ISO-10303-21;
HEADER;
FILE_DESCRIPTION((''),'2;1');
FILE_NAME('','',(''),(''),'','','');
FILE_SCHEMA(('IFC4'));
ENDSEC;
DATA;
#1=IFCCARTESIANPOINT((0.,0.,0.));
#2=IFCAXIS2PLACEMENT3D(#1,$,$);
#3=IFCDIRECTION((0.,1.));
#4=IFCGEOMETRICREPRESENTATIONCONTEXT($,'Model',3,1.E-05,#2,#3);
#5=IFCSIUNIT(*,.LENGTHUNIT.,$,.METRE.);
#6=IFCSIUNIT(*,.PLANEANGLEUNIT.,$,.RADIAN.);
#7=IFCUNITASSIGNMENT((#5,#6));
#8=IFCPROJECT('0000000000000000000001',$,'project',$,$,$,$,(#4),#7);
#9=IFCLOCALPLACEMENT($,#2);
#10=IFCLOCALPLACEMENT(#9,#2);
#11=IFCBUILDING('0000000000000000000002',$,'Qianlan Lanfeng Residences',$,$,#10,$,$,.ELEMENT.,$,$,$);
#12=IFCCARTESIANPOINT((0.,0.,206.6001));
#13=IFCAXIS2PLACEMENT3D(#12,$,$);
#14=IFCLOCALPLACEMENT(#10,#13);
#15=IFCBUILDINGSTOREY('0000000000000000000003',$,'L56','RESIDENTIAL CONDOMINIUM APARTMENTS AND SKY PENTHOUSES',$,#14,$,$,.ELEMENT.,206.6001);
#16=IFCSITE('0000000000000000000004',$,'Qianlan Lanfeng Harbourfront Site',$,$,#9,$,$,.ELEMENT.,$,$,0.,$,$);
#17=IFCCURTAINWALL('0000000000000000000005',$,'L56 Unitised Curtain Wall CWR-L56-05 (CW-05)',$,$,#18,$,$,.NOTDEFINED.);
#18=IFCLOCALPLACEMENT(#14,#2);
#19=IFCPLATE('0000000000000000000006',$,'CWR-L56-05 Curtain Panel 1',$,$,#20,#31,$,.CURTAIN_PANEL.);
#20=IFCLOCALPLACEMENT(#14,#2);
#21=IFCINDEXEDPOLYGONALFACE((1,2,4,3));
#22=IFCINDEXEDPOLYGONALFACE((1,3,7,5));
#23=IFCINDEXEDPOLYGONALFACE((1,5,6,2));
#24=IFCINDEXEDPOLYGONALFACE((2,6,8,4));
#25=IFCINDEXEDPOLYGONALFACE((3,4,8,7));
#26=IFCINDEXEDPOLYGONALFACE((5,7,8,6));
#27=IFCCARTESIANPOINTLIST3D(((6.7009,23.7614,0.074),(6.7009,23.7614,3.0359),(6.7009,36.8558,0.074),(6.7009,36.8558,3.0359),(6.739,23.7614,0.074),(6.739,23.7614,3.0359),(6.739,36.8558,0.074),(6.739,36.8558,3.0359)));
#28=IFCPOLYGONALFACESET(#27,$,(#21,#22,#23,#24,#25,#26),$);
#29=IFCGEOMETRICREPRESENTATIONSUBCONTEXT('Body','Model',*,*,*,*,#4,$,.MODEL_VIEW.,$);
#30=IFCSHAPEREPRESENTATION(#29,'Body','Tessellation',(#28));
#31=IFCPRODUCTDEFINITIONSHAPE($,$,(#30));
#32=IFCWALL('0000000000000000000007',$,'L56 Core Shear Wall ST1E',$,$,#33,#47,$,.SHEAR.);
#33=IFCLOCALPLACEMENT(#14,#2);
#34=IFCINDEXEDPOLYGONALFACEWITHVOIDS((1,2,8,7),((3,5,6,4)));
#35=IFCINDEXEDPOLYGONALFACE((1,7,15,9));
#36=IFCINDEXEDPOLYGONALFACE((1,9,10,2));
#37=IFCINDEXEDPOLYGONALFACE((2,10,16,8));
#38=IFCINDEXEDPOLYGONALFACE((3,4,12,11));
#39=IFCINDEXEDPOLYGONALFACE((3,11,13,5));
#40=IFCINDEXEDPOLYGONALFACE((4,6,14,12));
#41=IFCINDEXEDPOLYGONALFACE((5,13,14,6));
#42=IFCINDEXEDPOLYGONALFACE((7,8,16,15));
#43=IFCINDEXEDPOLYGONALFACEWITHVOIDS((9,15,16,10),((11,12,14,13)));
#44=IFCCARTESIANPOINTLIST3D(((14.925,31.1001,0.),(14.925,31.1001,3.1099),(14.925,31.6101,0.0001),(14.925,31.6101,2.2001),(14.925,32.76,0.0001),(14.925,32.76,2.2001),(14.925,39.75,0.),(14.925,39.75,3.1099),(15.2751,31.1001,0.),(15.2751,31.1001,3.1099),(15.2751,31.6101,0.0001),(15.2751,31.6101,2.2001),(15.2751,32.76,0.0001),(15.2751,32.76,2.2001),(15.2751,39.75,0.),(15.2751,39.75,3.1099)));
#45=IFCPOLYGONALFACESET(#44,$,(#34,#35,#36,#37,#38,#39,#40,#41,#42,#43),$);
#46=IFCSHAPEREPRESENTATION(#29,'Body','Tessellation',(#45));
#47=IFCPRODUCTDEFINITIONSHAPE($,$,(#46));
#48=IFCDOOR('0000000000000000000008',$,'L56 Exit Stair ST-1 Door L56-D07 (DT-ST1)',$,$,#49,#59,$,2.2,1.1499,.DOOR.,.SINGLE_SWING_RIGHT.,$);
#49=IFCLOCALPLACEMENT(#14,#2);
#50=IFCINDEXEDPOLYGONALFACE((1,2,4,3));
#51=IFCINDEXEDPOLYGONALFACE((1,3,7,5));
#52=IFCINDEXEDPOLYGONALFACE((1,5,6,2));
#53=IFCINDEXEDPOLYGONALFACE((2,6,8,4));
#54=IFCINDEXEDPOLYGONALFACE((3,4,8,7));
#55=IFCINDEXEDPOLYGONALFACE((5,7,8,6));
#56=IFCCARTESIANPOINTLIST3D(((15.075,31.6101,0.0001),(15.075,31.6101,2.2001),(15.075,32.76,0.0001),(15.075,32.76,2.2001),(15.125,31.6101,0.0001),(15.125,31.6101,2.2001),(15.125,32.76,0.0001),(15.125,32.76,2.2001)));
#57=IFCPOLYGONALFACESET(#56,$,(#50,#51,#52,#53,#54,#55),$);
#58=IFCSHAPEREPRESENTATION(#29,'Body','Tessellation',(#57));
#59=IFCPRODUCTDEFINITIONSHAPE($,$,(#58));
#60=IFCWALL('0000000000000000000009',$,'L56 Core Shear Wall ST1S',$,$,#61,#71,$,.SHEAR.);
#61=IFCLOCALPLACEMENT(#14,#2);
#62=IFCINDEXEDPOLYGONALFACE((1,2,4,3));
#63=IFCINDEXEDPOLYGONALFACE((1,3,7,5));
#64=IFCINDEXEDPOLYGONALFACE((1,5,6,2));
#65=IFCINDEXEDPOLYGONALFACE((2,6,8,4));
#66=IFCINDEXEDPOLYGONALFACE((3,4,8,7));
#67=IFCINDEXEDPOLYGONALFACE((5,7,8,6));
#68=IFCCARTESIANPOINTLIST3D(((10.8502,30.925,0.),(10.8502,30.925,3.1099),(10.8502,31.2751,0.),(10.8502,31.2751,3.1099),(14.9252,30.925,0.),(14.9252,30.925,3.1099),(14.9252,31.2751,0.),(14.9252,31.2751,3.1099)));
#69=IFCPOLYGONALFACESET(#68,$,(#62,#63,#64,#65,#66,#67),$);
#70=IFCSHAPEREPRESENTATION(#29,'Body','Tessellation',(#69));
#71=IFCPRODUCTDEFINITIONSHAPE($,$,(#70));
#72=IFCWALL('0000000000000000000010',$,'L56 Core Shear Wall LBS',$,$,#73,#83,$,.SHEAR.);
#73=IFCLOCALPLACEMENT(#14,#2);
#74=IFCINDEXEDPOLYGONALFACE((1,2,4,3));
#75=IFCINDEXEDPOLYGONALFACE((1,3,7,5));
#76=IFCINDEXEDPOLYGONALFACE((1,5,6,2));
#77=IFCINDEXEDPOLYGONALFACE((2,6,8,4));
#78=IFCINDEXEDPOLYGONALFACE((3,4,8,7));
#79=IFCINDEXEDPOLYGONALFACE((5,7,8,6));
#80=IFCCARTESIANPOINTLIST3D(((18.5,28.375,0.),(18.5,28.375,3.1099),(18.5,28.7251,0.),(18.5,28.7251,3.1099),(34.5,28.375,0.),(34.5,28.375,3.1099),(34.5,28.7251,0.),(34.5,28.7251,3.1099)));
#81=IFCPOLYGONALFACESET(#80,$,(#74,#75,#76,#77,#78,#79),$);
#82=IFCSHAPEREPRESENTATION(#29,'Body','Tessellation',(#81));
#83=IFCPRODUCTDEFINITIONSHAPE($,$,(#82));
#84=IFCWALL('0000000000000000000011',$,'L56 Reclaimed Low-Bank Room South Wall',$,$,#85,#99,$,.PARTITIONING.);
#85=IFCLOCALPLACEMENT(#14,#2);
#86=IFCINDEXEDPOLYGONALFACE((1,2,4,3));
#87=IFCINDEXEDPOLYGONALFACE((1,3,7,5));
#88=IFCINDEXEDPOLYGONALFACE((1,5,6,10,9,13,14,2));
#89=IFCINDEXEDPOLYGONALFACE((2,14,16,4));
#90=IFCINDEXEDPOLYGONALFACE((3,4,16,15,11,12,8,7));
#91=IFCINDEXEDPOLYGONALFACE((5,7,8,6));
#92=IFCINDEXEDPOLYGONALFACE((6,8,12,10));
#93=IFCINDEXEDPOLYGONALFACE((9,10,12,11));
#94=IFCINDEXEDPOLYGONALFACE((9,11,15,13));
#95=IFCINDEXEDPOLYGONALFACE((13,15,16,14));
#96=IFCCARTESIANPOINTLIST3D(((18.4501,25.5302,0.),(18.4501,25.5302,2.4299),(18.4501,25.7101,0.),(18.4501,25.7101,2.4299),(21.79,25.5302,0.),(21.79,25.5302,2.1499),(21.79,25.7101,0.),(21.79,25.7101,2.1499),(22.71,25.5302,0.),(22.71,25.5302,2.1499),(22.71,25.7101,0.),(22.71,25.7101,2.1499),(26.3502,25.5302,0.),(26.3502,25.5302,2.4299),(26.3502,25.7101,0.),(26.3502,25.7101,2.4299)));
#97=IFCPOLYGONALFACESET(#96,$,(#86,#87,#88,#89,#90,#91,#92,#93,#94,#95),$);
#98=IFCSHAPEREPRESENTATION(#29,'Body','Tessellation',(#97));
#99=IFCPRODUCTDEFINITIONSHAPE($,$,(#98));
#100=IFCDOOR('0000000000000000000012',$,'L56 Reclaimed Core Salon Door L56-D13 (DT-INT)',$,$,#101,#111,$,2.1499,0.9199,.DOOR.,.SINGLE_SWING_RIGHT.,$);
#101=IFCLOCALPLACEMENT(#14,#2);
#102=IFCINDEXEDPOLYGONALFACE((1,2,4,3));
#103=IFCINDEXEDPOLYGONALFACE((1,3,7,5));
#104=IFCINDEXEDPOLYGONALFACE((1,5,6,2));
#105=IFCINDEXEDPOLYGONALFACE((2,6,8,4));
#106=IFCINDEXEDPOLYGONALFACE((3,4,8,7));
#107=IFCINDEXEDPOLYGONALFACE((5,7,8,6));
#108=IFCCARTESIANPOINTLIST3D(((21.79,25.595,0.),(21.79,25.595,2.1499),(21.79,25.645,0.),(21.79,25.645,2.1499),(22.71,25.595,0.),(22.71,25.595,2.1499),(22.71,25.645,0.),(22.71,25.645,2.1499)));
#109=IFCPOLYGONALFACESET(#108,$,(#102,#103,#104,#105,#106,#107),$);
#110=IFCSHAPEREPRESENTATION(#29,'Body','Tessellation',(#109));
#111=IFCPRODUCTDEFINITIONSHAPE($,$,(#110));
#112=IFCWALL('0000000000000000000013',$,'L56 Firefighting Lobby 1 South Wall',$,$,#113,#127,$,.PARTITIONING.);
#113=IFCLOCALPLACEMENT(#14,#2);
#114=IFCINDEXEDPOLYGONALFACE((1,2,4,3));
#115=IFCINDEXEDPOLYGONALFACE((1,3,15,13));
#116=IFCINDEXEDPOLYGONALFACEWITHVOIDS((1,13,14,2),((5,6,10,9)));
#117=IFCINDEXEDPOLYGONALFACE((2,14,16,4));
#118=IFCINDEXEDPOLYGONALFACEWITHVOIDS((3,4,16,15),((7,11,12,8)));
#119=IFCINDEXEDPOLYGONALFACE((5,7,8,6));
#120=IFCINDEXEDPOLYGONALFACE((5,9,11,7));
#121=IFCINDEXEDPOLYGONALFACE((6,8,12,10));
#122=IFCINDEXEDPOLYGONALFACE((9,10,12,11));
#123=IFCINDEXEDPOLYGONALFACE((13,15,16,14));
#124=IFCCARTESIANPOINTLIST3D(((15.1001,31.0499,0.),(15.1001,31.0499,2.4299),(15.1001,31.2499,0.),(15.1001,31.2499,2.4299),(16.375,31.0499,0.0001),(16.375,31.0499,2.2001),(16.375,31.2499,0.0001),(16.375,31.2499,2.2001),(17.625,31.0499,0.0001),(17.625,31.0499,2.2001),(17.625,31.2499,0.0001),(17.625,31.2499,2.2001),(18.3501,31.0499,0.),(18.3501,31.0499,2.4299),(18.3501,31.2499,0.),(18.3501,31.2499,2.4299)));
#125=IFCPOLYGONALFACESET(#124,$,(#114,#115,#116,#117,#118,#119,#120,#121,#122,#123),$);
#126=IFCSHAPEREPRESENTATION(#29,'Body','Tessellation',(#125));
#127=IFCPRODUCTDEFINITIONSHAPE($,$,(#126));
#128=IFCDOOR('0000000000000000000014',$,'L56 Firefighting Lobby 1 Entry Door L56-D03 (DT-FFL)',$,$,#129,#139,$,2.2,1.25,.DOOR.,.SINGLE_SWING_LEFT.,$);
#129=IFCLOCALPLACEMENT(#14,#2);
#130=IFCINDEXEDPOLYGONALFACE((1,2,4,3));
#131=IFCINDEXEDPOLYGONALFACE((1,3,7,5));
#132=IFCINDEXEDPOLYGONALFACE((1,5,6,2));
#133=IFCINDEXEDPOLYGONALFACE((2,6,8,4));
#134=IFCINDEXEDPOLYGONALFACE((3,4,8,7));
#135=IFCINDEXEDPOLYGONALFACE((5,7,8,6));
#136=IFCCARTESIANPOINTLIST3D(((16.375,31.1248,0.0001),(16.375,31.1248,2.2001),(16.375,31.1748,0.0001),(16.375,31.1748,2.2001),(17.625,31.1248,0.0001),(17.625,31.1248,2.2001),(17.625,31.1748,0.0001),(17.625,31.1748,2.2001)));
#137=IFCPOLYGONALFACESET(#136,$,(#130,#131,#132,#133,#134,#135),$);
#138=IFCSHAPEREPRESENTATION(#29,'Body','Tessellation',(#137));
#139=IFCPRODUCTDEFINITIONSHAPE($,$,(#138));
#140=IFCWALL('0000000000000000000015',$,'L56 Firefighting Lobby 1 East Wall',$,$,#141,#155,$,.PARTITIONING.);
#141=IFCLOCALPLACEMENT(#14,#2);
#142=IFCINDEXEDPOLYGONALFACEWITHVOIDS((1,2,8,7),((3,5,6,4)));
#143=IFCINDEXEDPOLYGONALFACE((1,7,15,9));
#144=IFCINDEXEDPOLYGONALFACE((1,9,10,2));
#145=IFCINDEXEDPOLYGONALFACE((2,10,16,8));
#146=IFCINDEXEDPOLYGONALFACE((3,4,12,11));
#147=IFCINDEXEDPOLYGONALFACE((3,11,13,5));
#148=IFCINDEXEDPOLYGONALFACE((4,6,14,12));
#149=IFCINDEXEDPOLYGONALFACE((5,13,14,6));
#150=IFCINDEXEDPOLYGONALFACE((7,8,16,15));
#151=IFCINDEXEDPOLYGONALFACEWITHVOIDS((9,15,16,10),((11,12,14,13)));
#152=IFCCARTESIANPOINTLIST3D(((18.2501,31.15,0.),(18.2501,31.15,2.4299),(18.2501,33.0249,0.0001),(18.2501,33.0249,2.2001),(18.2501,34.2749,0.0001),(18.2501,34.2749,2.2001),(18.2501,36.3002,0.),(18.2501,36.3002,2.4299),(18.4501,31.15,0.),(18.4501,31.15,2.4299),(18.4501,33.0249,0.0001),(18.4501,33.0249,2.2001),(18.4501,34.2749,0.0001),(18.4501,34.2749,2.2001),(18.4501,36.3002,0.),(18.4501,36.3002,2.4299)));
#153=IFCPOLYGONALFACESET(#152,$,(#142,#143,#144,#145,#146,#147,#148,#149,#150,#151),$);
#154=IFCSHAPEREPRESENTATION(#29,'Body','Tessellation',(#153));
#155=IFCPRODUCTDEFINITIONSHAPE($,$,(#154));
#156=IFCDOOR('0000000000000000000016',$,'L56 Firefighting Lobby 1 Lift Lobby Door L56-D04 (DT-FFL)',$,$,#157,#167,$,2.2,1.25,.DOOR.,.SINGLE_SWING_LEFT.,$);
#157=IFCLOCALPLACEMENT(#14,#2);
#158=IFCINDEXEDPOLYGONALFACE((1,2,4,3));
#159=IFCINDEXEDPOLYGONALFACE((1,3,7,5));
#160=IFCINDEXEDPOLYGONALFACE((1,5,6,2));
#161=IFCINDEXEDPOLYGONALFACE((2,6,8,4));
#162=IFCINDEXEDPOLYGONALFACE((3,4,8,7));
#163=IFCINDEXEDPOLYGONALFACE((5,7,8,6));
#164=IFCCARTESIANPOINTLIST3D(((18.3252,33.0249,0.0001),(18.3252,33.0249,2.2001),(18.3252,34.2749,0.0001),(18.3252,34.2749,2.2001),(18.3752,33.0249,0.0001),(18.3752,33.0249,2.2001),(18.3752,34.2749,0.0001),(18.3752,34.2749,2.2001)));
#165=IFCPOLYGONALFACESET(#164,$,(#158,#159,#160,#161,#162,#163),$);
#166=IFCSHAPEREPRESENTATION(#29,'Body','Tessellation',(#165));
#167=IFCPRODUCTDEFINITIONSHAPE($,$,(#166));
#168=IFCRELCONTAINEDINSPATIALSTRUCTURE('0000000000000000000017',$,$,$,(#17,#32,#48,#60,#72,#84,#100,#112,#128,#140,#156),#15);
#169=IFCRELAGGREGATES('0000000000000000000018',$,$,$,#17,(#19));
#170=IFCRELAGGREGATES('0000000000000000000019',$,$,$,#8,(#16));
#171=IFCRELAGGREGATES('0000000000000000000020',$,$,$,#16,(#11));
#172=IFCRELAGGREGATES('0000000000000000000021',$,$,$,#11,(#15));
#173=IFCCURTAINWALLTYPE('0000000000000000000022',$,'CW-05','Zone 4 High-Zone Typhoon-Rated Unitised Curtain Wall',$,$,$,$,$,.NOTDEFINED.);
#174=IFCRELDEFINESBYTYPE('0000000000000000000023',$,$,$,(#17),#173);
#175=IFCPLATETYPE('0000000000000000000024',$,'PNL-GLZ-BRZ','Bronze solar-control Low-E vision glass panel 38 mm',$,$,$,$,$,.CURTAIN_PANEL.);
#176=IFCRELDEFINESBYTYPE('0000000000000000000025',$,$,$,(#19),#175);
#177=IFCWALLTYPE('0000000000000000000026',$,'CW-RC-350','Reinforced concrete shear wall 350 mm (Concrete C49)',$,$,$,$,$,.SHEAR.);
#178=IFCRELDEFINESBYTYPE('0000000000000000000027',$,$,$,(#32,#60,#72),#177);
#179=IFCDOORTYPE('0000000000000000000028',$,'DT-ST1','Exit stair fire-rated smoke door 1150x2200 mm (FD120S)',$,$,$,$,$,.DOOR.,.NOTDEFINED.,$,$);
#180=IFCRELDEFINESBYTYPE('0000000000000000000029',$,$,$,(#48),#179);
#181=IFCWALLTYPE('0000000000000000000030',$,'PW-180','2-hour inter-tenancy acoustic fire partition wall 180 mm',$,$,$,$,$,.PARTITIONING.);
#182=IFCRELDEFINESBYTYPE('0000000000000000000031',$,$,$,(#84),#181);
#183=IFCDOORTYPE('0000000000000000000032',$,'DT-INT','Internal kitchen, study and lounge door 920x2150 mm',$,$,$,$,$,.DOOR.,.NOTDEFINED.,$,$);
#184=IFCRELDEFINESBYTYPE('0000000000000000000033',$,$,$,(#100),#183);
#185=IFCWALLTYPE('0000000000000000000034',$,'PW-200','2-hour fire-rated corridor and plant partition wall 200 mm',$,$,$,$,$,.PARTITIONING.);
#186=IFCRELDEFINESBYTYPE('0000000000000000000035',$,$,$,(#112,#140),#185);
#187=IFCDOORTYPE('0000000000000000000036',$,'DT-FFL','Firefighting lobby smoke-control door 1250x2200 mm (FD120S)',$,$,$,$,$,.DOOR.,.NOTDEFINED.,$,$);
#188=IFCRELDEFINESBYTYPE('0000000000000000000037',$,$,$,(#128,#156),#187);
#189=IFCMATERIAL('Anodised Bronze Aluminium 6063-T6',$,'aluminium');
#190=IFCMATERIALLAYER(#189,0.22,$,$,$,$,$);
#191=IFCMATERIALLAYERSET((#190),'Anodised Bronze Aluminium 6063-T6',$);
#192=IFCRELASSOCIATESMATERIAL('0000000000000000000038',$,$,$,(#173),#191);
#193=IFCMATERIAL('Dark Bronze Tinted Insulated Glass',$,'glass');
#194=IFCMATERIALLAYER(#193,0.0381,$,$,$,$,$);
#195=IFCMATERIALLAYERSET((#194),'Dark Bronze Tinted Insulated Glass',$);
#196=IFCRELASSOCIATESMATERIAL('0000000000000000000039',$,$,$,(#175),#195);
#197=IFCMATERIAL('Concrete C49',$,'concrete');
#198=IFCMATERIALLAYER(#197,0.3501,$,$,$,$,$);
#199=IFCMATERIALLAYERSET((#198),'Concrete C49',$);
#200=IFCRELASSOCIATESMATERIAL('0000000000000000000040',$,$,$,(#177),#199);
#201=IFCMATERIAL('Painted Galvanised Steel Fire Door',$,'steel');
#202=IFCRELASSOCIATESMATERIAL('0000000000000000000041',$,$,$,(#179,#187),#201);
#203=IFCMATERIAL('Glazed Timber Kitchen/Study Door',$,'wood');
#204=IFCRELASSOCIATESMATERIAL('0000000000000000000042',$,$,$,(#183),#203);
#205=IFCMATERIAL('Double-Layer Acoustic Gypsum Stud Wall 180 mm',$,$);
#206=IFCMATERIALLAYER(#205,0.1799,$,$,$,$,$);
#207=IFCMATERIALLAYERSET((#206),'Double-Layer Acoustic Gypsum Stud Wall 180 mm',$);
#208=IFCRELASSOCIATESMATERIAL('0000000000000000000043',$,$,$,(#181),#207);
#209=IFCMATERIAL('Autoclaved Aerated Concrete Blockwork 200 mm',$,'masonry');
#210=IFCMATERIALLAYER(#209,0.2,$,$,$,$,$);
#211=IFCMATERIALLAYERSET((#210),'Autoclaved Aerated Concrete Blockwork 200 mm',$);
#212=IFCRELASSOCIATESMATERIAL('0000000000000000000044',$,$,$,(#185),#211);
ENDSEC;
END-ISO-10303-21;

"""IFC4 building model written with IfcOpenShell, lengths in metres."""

from ifc_helpers import new_model, si_unit, direction, frame, frame_2d, origin, origin_2d, place, context, subcontext, project, spatial, rectangle, extrude, source, transform, mapped, material, layer, layer_set, type_object, element, fill, aggregate, save


model = new_model("IFC4")

# Units and contexts
model_context = context("Model", 3, precision=1e-05, world=origin(), true_north=direction((0.0, 1.0)))
body_context = subcontext(model_context, "Body", "Model", "MODEL_VIEW")
ifc_project = project(units=[si_unit("LENGTHUNIT", "METRE"), si_unit("PLANEANGLEUNIT", "RADIAN")], contexts=[model_context])

# Site, building, storey
site_placement = place(None, origin())
site = spatial("IfcSite", under=ifc_project, at=site_placement, Name="Qianlan Lanfeng Harbourfront Site", CompositionType="ELEMENT", RefElevation=0.0)
building_placement = place(site_placement, origin())
building = spatial("IfcBuilding", under=site, at=building_placement, Name="Qianlan Lanfeng Residences", CompositionType="ELEMENT")
storey_placement = place(building_placement, frame((0.0, 0.0, 206.6001)))
storey = spatial("IfcBuildingStorey", under=building, at=storey_placement, Name="L56", Description="RESIDENTIAL CONDOMINIUM APARTMENTS AND SKY PENTHOUSES", CompositionType="ELEMENT", Elevation=206.6001)

# Curtain wall, plate
ifc_material_1 = material(Name="Anodised Bronze Aluminium 6063-T6", Category="aluminium")
ifc_layer_1 = layer(ifc_material_1, 0.22)
ifc_layer_set_1 = layer_set([ifc_layer_1], Name="Anodised Bronze Aluminium 6063-T6")
curtain_wall_type = type_object("IfcCurtainWallType", Name="CW-05", Description="Zone 4 High-Zone Typhoon-Rated Unitised Curtain Wall", PredefinedType="NOTDEFINED", material=ifc_layer_set_1)
curtain_wall_placement = place(storey_placement, origin())
curtain_wall = element("IfcCurtainWall", 1, at=curtain_wall_placement, inside=storey, type_object=curtain_wall_type, Name="L56 Unitised Curtain Wall CWR-L56-05 (CW-05)", PredefinedType="NOTDEFINED")
ifc_material_2 = material(Name="Dark Bronze Tinted Insulated Glass", Category="glass")
ifc_layer_2 = layer(ifc_material_2, 0.0381)
ifc_layer_set_2 = layer_set([ifc_layer_2], Name="Dark Bronze Tinted Insulated Glass")
plate_type = type_object("IfcPlateType", Name="PNL-GLZ-BRZ", Description="Bronze solar-control Low-E vision glass panel 38 mm", PredefinedType="CURTAIN_PANEL", material=ifc_layer_set_2)
shared_shape_1 = source(origin(), body_context, "Body", "SweptSolid", [
    extrude(rectangle(XDim=13.0945, YDim=0.0381, at=origin_2d()), origin(), (0.0, 0.0, 1.0), 2.9619),
])
plate_placement = place(storey_placement, frame((6.72, 30.3086, 0.074), z_axis=(0.0, 0.0, 1.0), x_axis=(0.0, -1.0, 0.0)))
plate = element("IfcPlate", 2, at=plate_placement, type_object=plate_type, Name="CWR-L56-05 Curtain Panel 1", PredefinedType="CURTAIN_PANEL", context=body_context, shape_type="MappedRepresentation", body=[
    mapped(shared_shape_1, transform((0.0, 0.0, 0.0), scale=1.0)),
])
aggregate(curtain_wall, [plate])

# Wall, opening, door
ifc_material_3 = material(Name="Concrete C49", Category="concrete")
ifc_layer_3 = layer(ifc_material_3, 0.3501)
ifc_layer_set_3 = layer_set([ifc_layer_3], Name="Concrete C49")
wall_type_1 = type_object("IfcWallType", Name="CW-RC-350", Description="Reinforced concrete shear wall 350 mm (Concrete C49)", PredefinedType="SHEAR", material=ifc_layer_set_3)
wall_1_placement = place(storey_placement, frame((15.1001, 31.1001, 0.0), z_axis=(0.0, 0.0, 1.0), x_axis=(0.0, 1.0, 0.0)))
wall_1 = element("IfcWall", 3, at=wall_1_placement, inside=storey, type_object=wall_type_1, Name="L56 Core Shear Wall ST1E", PredefinedType="SHEAR", context=body_context, shape_type="SweptSolid", body=[
    extrude(rectangle(XDim=8.6499, YDim=0.3501, at=frame_2d((4.325, 0.0))), origin(), (0.0, 0.0, 1.0), 3.1099),
])
opening_1_placement = place(wall_1_placement, frame((0.51, 0.0, 0.0)))
opening_1 = element("IfcOpeningElement", 4, at=opening_1_placement, cuts=wall_1, PredefinedType="OPENING", context=body_context, shape_type="SweptSolid", body=[
    extrude(rectangle(XDim=1.1499, YDim=2.2, at=frame_2d((0.575, 1.1001))), frame((0.0, 0.1851, 0.0), z_axis=(0.0, -1.0, 0.0), x_axis=(1.0, 0.0, 0.0)), (0.0, 0.0, 1.0), 0.3701),
])
ifc_material_4 = material(Name="Painted Galvanised Steel Fire Door", Category="steel")
door_type_1 = type_object("IfcDoorType", Name="DT-ST1", Description="Exit stair fire-rated smoke door 1150x2200 mm (FD120S)", OperationType="NOTDEFINED", PredefinedType="DOOR", material=ifc_material_4)
door_1_placement = place(opening_1_placement, frame((1.1499, 0.0, 0.0), z_axis=(0.0, 0.0, 1.0), x_axis=(-1.0, 0.0, 0.0)))
door_1 = element("IfcDoor", 5, at=door_1_placement, inside=storey, type_object=door_type_1, Name="L56 Exit Stair ST-1 Door L56-D07 (DT-ST1)", OperationType="SINGLE_SWING_RIGHT", OverallHeight=2.2, OverallWidth=1.1499, PredefinedType="DOOR", context=body_context, shape_type="SweptSolid", body=[
    extrude(rectangle(XDim=1.1499, YDim=2.2, at=frame_2d((0.575, 1.1001))), frame((0.0, 0.0249, 0.0), z_axis=(0.0, -1.0, 0.0), x_axis=(1.0, 0.0, 0.0)), (0.0, 0.0, 1.0), 0.05),
])
fill(opening_1, door_1)

# Walls
wall_2_placement = place(storey_placement, frame((10.8501, 31.1001, 0.0), z_axis=(0.0, 0.0, 1.0), x_axis=(1.0, 0.0, 0.0)))
element("IfcWall", 6, at=wall_2_placement, inside=storey, type_object=wall_type_1, Name="L56 Core Shear Wall ST1S", PredefinedType="SHEAR", context=body_context, shape_type="SweptSolid", body=[
    extrude(rectangle(XDim=4.075, YDim=0.3501, at=frame_2d((2.0376, 0.0))), origin(), (0.0, 0.0, 1.0), 3.1099),
])
wall_3_placement = place(storey_placement, frame((18.5, 28.55, 0.0), z_axis=(0.0, 0.0, 1.0), x_axis=(1.0, 0.0, 0.0)))
element("IfcWall", 7, at=wall_3_placement, inside=storey, type_object=wall_type_1, Name="L56 Core Shear Wall LBS", PredefinedType="SHEAR", context=body_context, shape_type="SweptSolid", body=[
    extrude(rectangle(XDim=16.0, YDim=0.3501, at=frame_2d((8.0, 0.0))), origin(), (0.0, 0.0, 1.0), 3.1099),
])

# Walls, openings, doors
ifc_material_5 = material(Name="Glazed Timber Kitchen/Study Door", Category="wood")
door_type_2 = type_object("IfcDoorType", Name="DT-INT", Description="Internal kitchen, study and lounge door 920x2150 mm", OperationType="NOTDEFINED", PredefinedType="DOOR", material=ifc_material_5)
ifc_material_6 = material(Name="Double-Layer Acoustic Gypsum Stud Wall 180 mm")
ifc_layer_4 = layer(ifc_material_6, 0.1799)
ifc_layer_set_4 = layer_set([ifc_layer_4], Name="Double-Layer Acoustic Gypsum Stud Wall 180 mm")
wall_type_2 = type_object("IfcWallType", Name="PW-180", Description="2-hour inter-tenancy acoustic fire partition wall 180 mm", PredefinedType="PARTITIONING", material=ifc_layer_set_4)
wall_4_placement = place(storey_placement, frame((18.45, 25.6201, 0.0), z_axis=(0.0, 0.0, 1.0), x_axis=(1.0, 0.0, 0.0)))
wall_4 = element("IfcWall", 8, at=wall_4_placement, inside=storey, type_object=wall_type_2, Name="L56 Reclaimed Low-Bank Room South Wall", PredefinedType="PARTITIONING", context=body_context, shape_type="SweptSolid", body=[
    extrude(rectangle(XDim=7.9001, YDim=0.1799, at=frame_2d((3.9502, 0.0))), origin(), (0.0, 0.0, 1.0), 2.4299),
])
opening_2_placement = place(wall_4_placement, frame((3.3401, 0.0, 0.0)))
opening_2 = element("IfcOpeningElement", 9, at=opening_2_placement, cuts=wall_4, PredefinedType="OPENING", context=body_context, shape_type="SweptSolid", body=[
    extrude(rectangle(XDim=0.9199, YDim=2.1499, at=frame_2d((0.46, 1.075))), frame((0.0, 0.1001, 0.0), z_axis=(0.0, -1.0, 0.0), x_axis=(1.0, 0.0, 0.0)), (0.0, 0.0, 1.0), 0.2),
])
door_2_placement = place(opening_2_placement, origin())
door_2 = element("IfcDoor", 10, at=door_2_placement, inside=storey, type_object=door_type_2, Name="L56 Reclaimed Core Salon Door L56-D13 (DT-INT)", OperationType="SINGLE_SWING_RIGHT", OverallHeight=2.1499, OverallWidth=0.9199, PredefinedType="DOOR", context=body_context, shape_type="SweptSolid", body=[
    extrude(rectangle(XDim=0.9199, YDim=2.1499, at=frame_2d((0.46, 1.075))), frame((0.0, 0.0249, 0.0), z_axis=(0.0, -1.0, 0.0), x_axis=(1.0, 0.0, 0.0)), (0.0, 0.0, 1.0), 0.05),
])
fill(opening_2, door_2)
ifc_material_7 = material(Name="Autoclaved Aerated Concrete Blockwork 200 mm", Category="masonry")
ifc_layer_5 = layer(ifc_material_7, 0.2)
ifc_layer_set_5 = layer_set([ifc_layer_5], Name="Autoclaved Aerated Concrete Blockwork 200 mm")
wall_type_3 = type_object("IfcWallType", Name="PW-200", Description="2-hour fire-rated corridor and plant partition wall 200 mm", PredefinedType="PARTITIONING", material=ifc_layer_set_5)
wall_5_placement = place(storey_placement, frame((15.1001, 31.1499, 0.0), z_axis=(0.0, 0.0, 1.0), x_axis=(1.0, 0.0, 0.0)))
wall_5 = element("IfcWall", 11, at=wall_5_placement, inside=storey, type_object=wall_type_3, Name="L56 Firefighting Lobby 1 South Wall", PredefinedType="PARTITIONING", context=body_context, shape_type="SweptSolid", body=[
    extrude(rectangle(XDim=3.25, YDim=0.2, at=frame_2d((1.625, 0.0))), origin(), (0.0, 0.0, 1.0), 2.4299),
])
opening_3_placement = place(wall_5_placement, frame((1.2749, 0.0, 0.0)))
opening_3 = element("IfcOpeningElement", 12, at=opening_3_placement, cuts=wall_5, PredefinedType="OPENING", context=body_context, shape_type="SweptSolid", body=[
    extrude(rectangle(XDim=1.25, YDim=2.2, at=frame_2d((0.625, 1.1001))), frame((0.0, 0.1099, 0.0), z_axis=(0.0, -1.0, 0.0), x_axis=(1.0, 0.0, 0.0)), (0.0, 0.0, 1.0), 0.22),
])
door_type_3 = type_object("IfcDoorType", Name="DT-FFL", Description="Firefighting lobby smoke-control door 1250x2200 mm (FD120S)", OperationType="NOTDEFINED", PredefinedType="DOOR", material=ifc_material_4)
door_3_placement = place(opening_3_placement, origin())
door_3 = element("IfcDoor", 13, at=door_3_placement, inside=storey, type_object=door_type_3, Name="L56 Firefighting Lobby 1 Entry Door L56-D03 (DT-FFL)", OperationType="SINGLE_SWING_LEFT", OverallHeight=2.2, OverallWidth=1.25, PredefinedType="DOOR", context=body_context, shape_type="SweptSolid", body=[
    extrude(rectangle(XDim=1.25, YDim=2.2, at=frame_2d((0.625, 1.1001))), frame((0.0, 0.0249, 0.0), z_axis=(0.0, -1.0, 0.0), x_axis=(1.0, 0.0, 0.0)), (0.0, 0.0, 1.0), 0.05),
])
fill(opening_3, door_3)
wall_6_placement = place(storey_placement, frame((18.3501, 31.1499, 0.0), z_axis=(0.0, 0.0, 1.0), x_axis=(0.0, 1.0, 0.0)))
wall_6 = element("IfcWall", 14, at=wall_6_placement, inside=storey, type_object=wall_type_3, Name="L56 Firefighting Lobby 1 East Wall", PredefinedType="PARTITIONING", context=body_context, shape_type="SweptSolid", body=[
    extrude(rectangle(XDim=5.1501, YDim=0.2, at=frame_2d((2.5752, 0.0))), origin(), (0.0, 0.0, 1.0), 2.4299),
])
opening_4_placement = place(wall_6_placement, frame((1.875, 0.0, 0.0)))
opening_4 = element("IfcOpeningElement", 15, at=opening_4_placement, cuts=wall_6, PredefinedType="OPENING", context=body_context, shape_type="SweptSolid", body=[
    extrude(rectangle(XDim=1.25, YDim=2.2, at=frame_2d((0.625, 1.1001))), frame((0.0, 0.1099, 0.0), z_axis=(0.0, -1.0, 0.0), x_axis=(1.0, 0.0, 0.0)), (0.0, 0.0, 1.0), 0.22),
])
door_4_placement = place(opening_4_placement, origin())
door_4 = element("IfcDoor", 16, at=door_4_placement, inside=storey, type_object=door_type_3, Name="L56 Firefighting Lobby 1 Lift Lobby Door L56-D04 (DT-FFL)", OperationType="SINGLE_SWING_LEFT", OverallHeight=2.2, OverallWidth=1.25, PredefinedType="DOOR", context=body_context, shape_type="SweptSolid", body=[
    extrude(rectangle(XDim=1.25, YDim=2.2, at=frame_2d((0.625, 1.1001))), frame((0.0, 0.0249, 0.0), z_axis=(0.0, -1.0, 0.0), x_axis=(1.0, 0.0, 0.0)), (0.0, 0.0, 1.0), 0.05),
])
fill(opening_4, door_4)

save(model, "model.ifc")
